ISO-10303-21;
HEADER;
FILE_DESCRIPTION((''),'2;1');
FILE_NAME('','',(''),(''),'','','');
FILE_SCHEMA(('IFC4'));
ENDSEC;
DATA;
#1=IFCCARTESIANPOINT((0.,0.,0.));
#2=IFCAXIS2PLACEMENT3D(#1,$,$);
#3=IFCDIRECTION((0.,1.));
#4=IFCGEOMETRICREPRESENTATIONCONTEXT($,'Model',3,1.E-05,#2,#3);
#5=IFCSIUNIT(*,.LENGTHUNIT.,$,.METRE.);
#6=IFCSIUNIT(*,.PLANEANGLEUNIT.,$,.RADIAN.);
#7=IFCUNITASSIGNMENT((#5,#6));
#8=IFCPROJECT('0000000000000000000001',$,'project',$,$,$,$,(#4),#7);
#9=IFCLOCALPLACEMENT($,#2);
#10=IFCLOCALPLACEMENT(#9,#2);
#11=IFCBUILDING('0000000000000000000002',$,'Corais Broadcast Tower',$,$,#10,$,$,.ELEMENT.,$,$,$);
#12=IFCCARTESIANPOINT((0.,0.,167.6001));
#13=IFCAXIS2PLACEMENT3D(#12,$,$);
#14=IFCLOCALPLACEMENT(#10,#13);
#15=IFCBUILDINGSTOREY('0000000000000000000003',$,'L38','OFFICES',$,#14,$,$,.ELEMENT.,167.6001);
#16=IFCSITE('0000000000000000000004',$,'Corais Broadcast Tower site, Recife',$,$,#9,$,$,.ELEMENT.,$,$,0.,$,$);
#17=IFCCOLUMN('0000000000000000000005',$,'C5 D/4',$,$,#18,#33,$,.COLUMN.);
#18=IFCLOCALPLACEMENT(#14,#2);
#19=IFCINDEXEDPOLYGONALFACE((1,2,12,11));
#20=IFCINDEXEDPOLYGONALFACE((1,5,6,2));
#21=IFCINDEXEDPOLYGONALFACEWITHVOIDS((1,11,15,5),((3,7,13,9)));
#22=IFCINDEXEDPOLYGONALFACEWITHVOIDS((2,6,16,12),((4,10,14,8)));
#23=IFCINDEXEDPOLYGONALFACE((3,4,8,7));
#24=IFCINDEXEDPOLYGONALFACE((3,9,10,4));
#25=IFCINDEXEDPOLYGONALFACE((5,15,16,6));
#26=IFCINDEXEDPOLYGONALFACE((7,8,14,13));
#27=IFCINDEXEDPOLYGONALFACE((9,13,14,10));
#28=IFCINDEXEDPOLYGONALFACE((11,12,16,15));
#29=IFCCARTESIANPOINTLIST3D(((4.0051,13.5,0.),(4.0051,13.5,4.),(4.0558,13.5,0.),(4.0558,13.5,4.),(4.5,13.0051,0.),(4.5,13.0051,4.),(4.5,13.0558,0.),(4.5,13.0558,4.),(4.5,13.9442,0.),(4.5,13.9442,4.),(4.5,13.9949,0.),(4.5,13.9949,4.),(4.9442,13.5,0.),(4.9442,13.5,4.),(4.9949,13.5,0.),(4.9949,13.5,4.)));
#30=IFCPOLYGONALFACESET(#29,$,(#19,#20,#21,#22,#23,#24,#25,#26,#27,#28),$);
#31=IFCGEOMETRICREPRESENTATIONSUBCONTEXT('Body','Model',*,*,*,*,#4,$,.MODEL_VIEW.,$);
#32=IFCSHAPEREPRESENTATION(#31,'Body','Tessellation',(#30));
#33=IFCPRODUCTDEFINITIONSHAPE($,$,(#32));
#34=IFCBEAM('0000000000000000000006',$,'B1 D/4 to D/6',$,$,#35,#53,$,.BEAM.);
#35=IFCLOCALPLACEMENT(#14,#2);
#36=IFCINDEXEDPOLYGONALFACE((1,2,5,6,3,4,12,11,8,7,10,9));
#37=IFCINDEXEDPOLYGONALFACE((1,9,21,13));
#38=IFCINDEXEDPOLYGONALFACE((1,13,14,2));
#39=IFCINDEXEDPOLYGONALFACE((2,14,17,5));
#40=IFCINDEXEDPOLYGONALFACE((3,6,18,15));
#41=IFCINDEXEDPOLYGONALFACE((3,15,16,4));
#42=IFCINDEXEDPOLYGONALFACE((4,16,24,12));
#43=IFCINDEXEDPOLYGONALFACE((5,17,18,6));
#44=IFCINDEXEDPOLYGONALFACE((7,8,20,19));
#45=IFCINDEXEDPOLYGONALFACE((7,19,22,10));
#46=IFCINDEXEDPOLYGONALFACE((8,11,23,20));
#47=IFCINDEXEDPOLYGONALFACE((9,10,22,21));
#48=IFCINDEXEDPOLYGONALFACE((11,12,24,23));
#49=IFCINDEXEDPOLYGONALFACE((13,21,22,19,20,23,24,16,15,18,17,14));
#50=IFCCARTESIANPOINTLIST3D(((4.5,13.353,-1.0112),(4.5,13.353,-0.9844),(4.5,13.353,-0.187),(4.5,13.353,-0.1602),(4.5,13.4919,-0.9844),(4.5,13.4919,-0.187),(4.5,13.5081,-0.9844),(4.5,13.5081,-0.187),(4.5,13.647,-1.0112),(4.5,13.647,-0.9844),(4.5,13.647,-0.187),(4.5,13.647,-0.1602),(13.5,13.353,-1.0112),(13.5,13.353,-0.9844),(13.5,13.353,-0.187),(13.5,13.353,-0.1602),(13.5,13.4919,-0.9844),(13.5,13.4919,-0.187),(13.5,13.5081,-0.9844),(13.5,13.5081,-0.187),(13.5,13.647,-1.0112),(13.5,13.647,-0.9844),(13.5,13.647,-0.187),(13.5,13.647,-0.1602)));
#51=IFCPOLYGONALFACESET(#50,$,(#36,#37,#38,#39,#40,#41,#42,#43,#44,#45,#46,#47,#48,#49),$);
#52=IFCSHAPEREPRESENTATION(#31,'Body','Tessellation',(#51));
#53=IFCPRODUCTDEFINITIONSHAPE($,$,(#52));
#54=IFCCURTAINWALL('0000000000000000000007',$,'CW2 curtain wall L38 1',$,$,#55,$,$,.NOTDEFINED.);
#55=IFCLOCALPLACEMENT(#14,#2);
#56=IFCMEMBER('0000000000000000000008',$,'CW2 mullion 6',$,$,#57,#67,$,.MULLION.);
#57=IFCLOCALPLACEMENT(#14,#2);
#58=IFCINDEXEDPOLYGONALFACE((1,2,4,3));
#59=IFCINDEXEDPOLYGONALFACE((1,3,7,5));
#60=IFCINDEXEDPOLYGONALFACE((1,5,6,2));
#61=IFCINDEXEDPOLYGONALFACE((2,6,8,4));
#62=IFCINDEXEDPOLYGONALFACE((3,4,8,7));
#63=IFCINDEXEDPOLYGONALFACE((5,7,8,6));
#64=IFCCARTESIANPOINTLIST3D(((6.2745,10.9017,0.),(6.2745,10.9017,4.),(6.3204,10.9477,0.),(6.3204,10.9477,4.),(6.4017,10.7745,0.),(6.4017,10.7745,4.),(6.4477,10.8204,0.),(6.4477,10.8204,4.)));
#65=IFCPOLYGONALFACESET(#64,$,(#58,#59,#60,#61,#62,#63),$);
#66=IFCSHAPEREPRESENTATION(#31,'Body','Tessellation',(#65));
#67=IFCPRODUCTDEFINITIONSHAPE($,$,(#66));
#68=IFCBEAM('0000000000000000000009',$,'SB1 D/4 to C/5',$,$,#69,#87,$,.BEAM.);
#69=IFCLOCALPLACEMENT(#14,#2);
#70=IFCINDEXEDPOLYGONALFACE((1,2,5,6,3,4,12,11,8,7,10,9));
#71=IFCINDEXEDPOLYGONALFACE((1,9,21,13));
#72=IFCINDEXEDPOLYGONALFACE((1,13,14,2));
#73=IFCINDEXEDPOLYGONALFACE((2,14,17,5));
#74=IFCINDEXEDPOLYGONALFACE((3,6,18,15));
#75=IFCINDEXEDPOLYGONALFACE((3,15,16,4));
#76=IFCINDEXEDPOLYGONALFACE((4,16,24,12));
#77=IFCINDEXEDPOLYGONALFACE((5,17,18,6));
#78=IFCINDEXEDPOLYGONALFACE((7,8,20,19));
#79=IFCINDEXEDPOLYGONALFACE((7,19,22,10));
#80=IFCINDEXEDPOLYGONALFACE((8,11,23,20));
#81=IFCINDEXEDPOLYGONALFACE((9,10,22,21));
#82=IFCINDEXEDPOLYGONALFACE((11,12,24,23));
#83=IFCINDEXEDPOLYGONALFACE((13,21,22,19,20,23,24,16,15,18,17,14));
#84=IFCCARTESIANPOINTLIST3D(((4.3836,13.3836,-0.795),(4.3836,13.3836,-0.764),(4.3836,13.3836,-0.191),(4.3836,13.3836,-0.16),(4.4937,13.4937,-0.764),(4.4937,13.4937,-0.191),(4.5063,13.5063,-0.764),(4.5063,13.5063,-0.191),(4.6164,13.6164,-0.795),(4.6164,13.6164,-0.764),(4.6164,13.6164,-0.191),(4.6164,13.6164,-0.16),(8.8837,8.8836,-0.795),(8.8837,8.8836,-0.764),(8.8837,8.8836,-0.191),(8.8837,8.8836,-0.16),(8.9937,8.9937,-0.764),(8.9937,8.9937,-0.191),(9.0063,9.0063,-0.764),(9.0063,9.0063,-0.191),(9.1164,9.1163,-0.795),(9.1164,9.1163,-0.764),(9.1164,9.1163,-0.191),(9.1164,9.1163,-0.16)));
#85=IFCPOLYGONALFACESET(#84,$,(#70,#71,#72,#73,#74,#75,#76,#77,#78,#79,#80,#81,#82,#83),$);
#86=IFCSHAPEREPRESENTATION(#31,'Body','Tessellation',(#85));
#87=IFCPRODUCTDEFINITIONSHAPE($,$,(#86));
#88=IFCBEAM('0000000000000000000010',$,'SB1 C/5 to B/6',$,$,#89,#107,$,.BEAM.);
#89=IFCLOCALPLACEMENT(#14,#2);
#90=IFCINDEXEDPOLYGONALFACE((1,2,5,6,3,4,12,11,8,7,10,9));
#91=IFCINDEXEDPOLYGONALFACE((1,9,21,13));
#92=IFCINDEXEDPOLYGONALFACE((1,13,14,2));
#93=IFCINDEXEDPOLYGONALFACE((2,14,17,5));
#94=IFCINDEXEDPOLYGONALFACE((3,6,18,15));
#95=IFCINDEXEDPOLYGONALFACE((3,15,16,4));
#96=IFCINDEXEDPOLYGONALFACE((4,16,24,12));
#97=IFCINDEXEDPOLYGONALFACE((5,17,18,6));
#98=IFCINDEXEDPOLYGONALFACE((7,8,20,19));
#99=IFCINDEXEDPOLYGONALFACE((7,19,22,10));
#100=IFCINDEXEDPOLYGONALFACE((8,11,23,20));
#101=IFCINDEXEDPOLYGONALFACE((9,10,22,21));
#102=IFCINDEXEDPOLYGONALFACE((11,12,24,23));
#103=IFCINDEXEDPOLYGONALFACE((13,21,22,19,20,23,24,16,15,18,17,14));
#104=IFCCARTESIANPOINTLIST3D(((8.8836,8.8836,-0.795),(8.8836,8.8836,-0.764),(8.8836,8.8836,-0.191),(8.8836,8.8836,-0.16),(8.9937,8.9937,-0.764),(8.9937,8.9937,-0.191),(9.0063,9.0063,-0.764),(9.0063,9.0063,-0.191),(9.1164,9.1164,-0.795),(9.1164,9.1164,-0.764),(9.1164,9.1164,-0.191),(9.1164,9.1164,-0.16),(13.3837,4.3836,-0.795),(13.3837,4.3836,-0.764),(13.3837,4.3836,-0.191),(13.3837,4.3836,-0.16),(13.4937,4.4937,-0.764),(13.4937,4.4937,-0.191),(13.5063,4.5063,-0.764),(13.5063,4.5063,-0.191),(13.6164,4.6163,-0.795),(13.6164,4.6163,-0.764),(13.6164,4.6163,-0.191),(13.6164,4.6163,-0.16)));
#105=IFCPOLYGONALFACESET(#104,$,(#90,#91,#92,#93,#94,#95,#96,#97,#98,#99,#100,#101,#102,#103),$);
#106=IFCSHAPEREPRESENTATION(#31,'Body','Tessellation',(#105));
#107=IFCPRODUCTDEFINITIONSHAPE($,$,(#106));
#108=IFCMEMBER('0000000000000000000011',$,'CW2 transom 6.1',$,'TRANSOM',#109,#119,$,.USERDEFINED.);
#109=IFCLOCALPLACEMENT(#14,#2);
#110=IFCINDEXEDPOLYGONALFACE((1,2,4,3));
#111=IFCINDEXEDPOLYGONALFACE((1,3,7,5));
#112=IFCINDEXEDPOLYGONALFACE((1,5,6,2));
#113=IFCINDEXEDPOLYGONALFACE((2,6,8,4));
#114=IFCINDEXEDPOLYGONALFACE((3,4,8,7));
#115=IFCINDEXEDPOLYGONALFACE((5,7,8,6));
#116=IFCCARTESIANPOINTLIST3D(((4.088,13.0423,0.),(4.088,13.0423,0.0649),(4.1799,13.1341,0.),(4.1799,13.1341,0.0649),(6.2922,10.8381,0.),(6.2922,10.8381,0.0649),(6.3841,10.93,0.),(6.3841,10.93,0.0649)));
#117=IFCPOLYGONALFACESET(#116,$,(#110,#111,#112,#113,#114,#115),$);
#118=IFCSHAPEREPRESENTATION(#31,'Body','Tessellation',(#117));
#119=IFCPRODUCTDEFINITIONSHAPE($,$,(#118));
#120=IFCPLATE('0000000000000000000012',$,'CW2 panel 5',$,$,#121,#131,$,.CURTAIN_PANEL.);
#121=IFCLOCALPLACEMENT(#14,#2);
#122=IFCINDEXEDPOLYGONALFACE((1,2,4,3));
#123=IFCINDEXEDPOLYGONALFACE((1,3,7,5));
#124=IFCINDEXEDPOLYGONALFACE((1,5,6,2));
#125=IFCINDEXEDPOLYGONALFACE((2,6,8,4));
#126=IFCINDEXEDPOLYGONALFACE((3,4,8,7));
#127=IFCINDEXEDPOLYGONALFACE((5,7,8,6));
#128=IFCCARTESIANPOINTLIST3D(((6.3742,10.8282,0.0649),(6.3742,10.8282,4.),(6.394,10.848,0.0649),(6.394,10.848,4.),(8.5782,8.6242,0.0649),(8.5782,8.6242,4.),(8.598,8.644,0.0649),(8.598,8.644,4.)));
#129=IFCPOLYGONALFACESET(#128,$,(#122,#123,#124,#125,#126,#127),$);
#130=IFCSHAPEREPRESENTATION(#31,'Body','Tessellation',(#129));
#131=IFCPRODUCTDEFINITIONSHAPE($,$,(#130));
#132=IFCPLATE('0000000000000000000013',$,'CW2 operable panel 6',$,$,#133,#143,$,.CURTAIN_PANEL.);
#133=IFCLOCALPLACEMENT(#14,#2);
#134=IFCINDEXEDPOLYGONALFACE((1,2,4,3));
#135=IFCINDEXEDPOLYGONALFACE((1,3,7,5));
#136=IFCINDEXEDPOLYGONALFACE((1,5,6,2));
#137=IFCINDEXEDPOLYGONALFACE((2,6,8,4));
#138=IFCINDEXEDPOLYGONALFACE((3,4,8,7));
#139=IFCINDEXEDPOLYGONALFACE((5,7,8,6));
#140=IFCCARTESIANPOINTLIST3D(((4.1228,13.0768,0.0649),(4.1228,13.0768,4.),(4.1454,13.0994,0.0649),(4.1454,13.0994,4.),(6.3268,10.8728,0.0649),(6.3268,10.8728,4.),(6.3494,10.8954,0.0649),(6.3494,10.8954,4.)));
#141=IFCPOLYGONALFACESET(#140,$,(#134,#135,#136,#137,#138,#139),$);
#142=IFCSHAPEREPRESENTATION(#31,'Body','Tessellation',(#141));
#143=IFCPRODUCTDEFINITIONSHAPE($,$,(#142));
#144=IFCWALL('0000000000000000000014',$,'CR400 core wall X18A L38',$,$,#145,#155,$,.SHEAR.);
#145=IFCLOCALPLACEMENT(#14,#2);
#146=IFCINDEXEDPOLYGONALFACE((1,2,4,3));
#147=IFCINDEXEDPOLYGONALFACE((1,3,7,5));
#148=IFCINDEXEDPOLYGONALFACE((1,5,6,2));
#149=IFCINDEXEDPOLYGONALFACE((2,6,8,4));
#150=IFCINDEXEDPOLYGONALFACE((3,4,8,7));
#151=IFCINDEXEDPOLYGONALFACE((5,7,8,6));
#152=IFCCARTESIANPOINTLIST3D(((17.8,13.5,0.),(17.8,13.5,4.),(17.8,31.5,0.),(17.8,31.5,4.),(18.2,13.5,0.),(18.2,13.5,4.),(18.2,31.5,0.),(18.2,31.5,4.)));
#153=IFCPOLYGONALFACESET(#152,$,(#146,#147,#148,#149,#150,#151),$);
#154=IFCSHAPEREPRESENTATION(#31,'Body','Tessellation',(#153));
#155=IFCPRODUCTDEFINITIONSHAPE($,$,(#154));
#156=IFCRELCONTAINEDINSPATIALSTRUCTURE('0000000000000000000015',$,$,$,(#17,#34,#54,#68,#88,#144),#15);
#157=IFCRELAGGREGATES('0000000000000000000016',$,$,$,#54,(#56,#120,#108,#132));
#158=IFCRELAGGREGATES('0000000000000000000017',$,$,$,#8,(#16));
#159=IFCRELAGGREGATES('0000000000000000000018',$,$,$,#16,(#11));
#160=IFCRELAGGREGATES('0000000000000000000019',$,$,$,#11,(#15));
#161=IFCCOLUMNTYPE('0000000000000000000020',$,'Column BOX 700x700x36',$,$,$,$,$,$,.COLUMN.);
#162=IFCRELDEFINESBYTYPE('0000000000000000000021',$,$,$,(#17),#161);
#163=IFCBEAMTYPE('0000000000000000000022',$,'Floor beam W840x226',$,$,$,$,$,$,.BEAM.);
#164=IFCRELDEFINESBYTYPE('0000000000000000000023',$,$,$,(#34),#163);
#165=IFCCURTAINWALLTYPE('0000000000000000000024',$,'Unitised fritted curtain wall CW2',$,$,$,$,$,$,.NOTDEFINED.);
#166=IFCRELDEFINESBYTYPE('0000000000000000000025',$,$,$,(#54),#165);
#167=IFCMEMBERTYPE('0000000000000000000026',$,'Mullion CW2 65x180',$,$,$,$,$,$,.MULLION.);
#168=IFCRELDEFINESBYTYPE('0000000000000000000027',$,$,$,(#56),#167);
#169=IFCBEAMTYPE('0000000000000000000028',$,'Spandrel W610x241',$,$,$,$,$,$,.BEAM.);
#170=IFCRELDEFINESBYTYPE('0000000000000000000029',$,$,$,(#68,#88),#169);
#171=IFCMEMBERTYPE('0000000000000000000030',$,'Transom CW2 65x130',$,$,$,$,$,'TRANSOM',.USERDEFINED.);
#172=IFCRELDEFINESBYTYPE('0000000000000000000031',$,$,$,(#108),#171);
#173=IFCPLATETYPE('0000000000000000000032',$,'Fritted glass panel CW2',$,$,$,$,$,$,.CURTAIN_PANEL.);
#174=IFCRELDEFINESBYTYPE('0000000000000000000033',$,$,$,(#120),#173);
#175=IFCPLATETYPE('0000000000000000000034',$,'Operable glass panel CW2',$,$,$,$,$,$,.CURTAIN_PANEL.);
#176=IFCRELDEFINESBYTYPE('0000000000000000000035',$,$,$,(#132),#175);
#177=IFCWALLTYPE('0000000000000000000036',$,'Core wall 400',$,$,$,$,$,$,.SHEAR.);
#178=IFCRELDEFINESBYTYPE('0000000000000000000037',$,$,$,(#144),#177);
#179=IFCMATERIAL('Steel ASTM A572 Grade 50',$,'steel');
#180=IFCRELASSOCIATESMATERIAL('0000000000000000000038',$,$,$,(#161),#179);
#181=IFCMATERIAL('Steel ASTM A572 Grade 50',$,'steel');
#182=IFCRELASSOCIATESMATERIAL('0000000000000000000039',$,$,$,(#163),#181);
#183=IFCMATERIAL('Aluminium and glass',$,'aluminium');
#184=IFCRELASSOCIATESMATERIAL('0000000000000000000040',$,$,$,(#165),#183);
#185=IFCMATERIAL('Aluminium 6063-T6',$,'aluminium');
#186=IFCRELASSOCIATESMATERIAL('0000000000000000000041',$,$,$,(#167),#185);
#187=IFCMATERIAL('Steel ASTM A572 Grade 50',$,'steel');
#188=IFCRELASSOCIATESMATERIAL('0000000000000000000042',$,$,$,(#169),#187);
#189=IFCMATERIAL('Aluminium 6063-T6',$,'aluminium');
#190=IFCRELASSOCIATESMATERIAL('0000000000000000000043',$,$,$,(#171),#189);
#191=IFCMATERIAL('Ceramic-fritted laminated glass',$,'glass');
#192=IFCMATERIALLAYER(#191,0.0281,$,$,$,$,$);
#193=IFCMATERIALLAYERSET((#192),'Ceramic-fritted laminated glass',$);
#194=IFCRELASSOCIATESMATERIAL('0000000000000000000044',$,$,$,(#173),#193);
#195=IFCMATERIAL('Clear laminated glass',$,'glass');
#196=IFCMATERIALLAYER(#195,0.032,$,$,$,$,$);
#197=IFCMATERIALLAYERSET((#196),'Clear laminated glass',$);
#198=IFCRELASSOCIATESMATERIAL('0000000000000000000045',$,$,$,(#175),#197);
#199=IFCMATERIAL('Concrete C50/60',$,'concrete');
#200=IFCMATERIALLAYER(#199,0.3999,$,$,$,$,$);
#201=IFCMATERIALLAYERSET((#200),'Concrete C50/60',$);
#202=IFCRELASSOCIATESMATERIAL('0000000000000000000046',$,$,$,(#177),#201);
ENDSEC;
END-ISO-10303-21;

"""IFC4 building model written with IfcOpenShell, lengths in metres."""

from ifc_helpers import new_model, si_unit, direction, frame, frame_2d, origin, origin_2d, place, context, subcontext, project, spatial, rectangle, hollow_rectangle, i_section, extrude, material, layer, layer_set, material_profile, profile_set, type_object, element, aggregate, save


model = new_model("IFC4")

# Units and contexts
model_context = context("Model", 3, precision=1e-05, world=origin(), true_north=direction((0.0, 1.0)))
body_context = subcontext(model_context, "Body", "Model", "MODEL_VIEW")
ifc_project = project(units=[si_unit("LENGTHUNIT", "METRE"), si_unit("PLANEANGLEUNIT", "RADIAN")], contexts=[model_context])

# Site, building, storey
site_placement = place(None, origin())
site = spatial("IfcSite", under=ifc_project, at=site_placement, Name="Corais Broadcast Tower site, Recife", CompositionType="ELEMENT", RefElevation=0.0)
building_placement = place(site_placement, origin())
building = spatial("IfcBuilding", under=site, at=building_placement, Name="Corais Broadcast Tower", CompositionType="ELEMENT")
storey_placement = place(building_placement, frame((0.0, 0.0, 167.6001)))
storey = spatial("IfcBuildingStorey", under=building, at=storey_placement, Name="L38", Description="OFFICES", CompositionType="ELEMENT", Elevation=167.6001)

# Column
ifc_material_1 = material(Name="Steel ASTM A572 Grade 50", Category="steel")
ifc_material_profile_1 = material_profile(ifc_material_1, hollow_rectangle(XDim=0.7, YDim=0.7, WallThickness=0.0359, at=origin_2d()), Name="BOX 700x700x36")
ifc_profile_set_1 = profile_set([ifc_material_profile_1], Name="Steel ASTM A572 Grade 50")
column_type = type_object("IfcColumnType", Name="Column BOX 700x700x36", PredefinedType="COLUMN", material=ifc_profile_set_1)
column_placement = place(storey_placement, frame((4.5, 13.5, 0.0), z_axis=(0.0, 0.0, 1.0), x_axis=(0.707107, 0.707107, 0.0)))
element("IfcColumn", 1, at=column_placement, inside=storey, type_object=column_type, Name="C5 D/4", PredefinedType="COLUMN", context=body_context, shape_type="SweptSolid", body=[
    extrude(hollow_rectangle(XDim=0.7, YDim=0.7, WallThickness=0.0359, at=origin_2d()), origin(), (0.0, 0.0, 1.0), 4.0),
])

# Beam
ifc_material_2 = material(Name="Steel ASTM A572 Grade 50", Category="steel")
ifc_material_profile_2 = material_profile(ifc_material_2, i_section(OverallWidth=0.2939, OverallDepth=0.8511, WebThickness=0.0161, FlangeThickness=0.0269, at=origin_2d()), Name="W840x226")
ifc_profile_set_2 = profile_set([ifc_material_profile_2], Name="Steel ASTM A572 Grade 50")
beam_type_1 = type_object("IfcBeamType", Name="Floor beam W840x226", PredefinedType="BEAM", material=ifc_profile_set_2)
beam_placement = place(storey_placement, frame((4.5, 13.5, -0.5857), z_axis=(1.0, 0.0, 0.0), x_axis=(0.0, 1.0, 0.0)))
element("IfcBeam", 2, at=beam_placement, inside=storey, type_object=beam_type_1, Name="B1 D/4 to D/6", PredefinedType="BEAM", context=body_context, shape_type="SweptSolid", body=[
    extrude(i_section(OverallWidth=0.2939, OverallDepth=0.8511, WebThickness=0.0161, FlangeThickness=0.0269, at=origin_2d()), origin(), (0.0, 0.0, 1.0), 9.0),
])

# Curtain wall, member
ifc_material_3 = material(Name="Aluminium and glass", Category="aluminium")
curtain_wall_type = type_object("IfcCurtainWallType", Name="Unitised fritted curtain wall CW2", PredefinedType="NOTDEFINED", material=ifc_material_3)
curtain_wall_placement = place(storey_placement, origin())
curtain_wall = element("IfcCurtainWall", 3, at=curtain_wall_placement, inside=storey, type_object=curtain_wall_type, Name="CW2 curtain wall L38 1", PredefinedType="NOTDEFINED")
ifc_material_4 = material(Name="Aluminium 6063-T6", Category="aluminium")
ifc_material_profile_3 = material_profile(ifc_material_4, rectangle(XDim=0.0649, YDim=0.1799, at=origin_2d()), Name="Mullion CW2 65x180")
ifc_profile_set_3 = profile_set([ifc_material_profile_3], Name="Aluminium 6063-T6")
member_type_1 = type_object("IfcMemberType", Name="Mullion CW2 65x180", PredefinedType="MULLION", material=ifc_profile_set_3)
member_1_placement = place(storey_placement, frame((6.3611, 10.8611, 0.0), z_axis=(0.0, 0.0, 1.0), x_axis=(-0.707107, -0.707107, 0.0)))
member_1 = element("IfcMember", 4, at=member_1_placement, type_object=member_type_1, Name="CW2 mullion 6", PredefinedType="MULLION", context=body_context, shape_type="SweptSolid", body=[
    extrude(rectangle(XDim=0.0649, YDim=0.1799, at=origin_2d()), origin(), (0.0, 0.0, 1.0), 4.0),
])

# Beams
ifc_material_5 = material(Name="Steel ASTM A572 Grade 50", Category="steel")
ifc_material_profile_4 = material_profile(ifc_material_5, i_section(OverallWidth=0.3291, OverallDepth=0.635, WebThickness=0.0178, FlangeThickness=0.031, at=origin_2d()), Name="W610x241")
ifc_profile_set_4 = profile_set([ifc_material_profile_4], Name="Steel ASTM A572 Grade 50")
beam_type_2 = type_object("IfcBeamType", Name="Spandrel W610x241", PredefinedType="BEAM", material=ifc_profile_set_4)
for number, where, z_axis, x_axis, name in (
    (5, (4.5, 13.5, -0.4775), (0.707107, -0.707107, 0.0), (0.707107, 0.707107, 0.0), "SB1 D/4 to C/5"),
    (6, (9.0, 9.0, -0.4775), (0.707107, -0.707107, 0.0), (0.707107, 0.707107, 0.0), "SB1 C/5 to B/6"),
):
    element("IfcBeam", number, at=place(storey_placement, frame(where, z_axis=z_axis, x_axis=x_axis)), inside=storey, type_object=beam_type_2, Name=name, PredefinedType="BEAM", context=body_context, shape_type="SweptSolid", body=[
        extrude(i_section(OverallWidth=0.3291, OverallDepth=0.635, WebThickness=0.0178, FlangeThickness=0.031, at=origin_2d()), origin(), (0.0, 0.0, 1.0), 6.364),
    ])

# Member
ifc_material_6 = material(Name="Aluminium 6063-T6", Category="aluminium")
ifc_material_profile_5 = material_profile(ifc_material_6, rectangle(XDim=0.1299, YDim=0.0649, at=origin_2d()), Name="Transom CW2 65x130")
ifc_profile_set_5 = profile_set([ifc_material_profile_5], Name="Aluminium 6063-T6")
member_type_2 = type_object("IfcMemberType", Name="Transom CW2 65x130", ElementType="TRANSOM", PredefinedType="USERDEFINED", material=ifc_profile_set_5)
member_2_placement = place(storey_placement, frame((6.3381, 10.884, 0.0325), z_axis=(-0.707107, 0.707107, 0.0), x_axis=(-0.707107, -0.707107, 0.0)))
member_2 = element("IfcMember", 7, at=member_2_placement, type_object=member_type_2, Name="CW2 transom 6.1", ObjectType="TRANSOM", PredefinedType="USERDEFINED", context=body_context, shape_type="SweptSolid", body=[
    extrude(rectangle(XDim=0.1299, YDim=0.0649, at=origin_2d()), origin(), (0.0, 0.0, 1.0), 3.1172),
])

# Plates
ifc_material_7 = material(Name="Ceramic-fritted laminated glass", Category="glass")
ifc_layer_1 = layer(ifc_material_7, 0.0281)
ifc_layer_set_1 = layer_set([ifc_layer_1], Name="Ceramic-fritted laminated glass")
plate_type_1 = type_object("IfcPlateType", Name="Fritted glass panel CW2", PredefinedType="CURTAIN_PANEL", material=ifc_layer_set_1)
plate_1_placement = place(storey_placement, frame((7.4861, 9.7361, 0.0649), z_axis=(0.0, 0.0, 1.0), x_axis=(-0.707107, 0.707107, 0.0)))
plate_1 = element("IfcPlate", 8, at=plate_1_placement, type_object=plate_type_1, Name="CW2 panel 5", PredefinedType="CURTAIN_PANEL", context=body_context, shape_type="SweptSolid", body=[
    extrude(rectangle(XDim=3.1169, YDim=0.0281, at=origin_2d()), origin(), (0.0, 0.0, 1.0), 3.9351),
])
ifc_material_8 = material(Name="Clear laminated glass", Category="glass")
ifc_layer_2 = layer(ifc_material_8, 0.032)
ifc_layer_set_2 = layer_set([ifc_layer_2], Name="Clear laminated glass")
plate_type_2 = type_object("IfcPlateType", Name="Operable glass panel CW2", PredefinedType="CURTAIN_PANEL", material=ifc_layer_set_2)
plate_2_placement = place(storey_placement, frame((5.2361, 11.9861, 0.0649), z_axis=(0.0, 0.0, 1.0), x_axis=(-0.707107, 0.707107, 0.0)))
plate_2 = element("IfcPlate", 9, at=plate_2_placement, type_object=plate_type_2, Name="CW2 operable panel 6", PredefinedType="CURTAIN_PANEL", context=body_context, shape_type="SweptSolid", body=[
    extrude(rectangle(XDim=3.1169, YDim=0.032, at=origin_2d()), origin(), (0.0, 0.0, 1.0), 3.9351),
])
aggregate(curtain_wall, [member_1, plate_1, member_2, plate_2])

# Wall
ifc_material_9 = material(Name="Concrete C50/60", Category="concrete")
ifc_layer_3 = layer(ifc_material_9, 0.3999)
ifc_layer_set_3 = layer_set([ifc_layer_3], Name="Concrete C50/60")
wall_type_1 = type_object("IfcWallType", Name="Core wall 400", PredefinedType="SHEAR", material=ifc_layer_set_3)
wall_1_placement = place(storey_placement, frame((18.0, 13.5, 0.0), z_axis=(0.0, 0.0, 1.0), x_axis=(0.0, 1.0, 0.0)))
element("IfcWall", 10, at=wall_1_placement, inside=storey, type_object=wall_type_1, Name="CR400 core wall X18A L38", PredefinedType="SHEAR", context=body_context, shape_type="SweptSolid", body=[
    extrude(rectangle(XDim=18.0, YDim=0.3999, at=frame_2d((9.0, 0.0))), origin(), (0.0, 0.0, 1.0), 4.0),
])

save(model, "model.ifc")
